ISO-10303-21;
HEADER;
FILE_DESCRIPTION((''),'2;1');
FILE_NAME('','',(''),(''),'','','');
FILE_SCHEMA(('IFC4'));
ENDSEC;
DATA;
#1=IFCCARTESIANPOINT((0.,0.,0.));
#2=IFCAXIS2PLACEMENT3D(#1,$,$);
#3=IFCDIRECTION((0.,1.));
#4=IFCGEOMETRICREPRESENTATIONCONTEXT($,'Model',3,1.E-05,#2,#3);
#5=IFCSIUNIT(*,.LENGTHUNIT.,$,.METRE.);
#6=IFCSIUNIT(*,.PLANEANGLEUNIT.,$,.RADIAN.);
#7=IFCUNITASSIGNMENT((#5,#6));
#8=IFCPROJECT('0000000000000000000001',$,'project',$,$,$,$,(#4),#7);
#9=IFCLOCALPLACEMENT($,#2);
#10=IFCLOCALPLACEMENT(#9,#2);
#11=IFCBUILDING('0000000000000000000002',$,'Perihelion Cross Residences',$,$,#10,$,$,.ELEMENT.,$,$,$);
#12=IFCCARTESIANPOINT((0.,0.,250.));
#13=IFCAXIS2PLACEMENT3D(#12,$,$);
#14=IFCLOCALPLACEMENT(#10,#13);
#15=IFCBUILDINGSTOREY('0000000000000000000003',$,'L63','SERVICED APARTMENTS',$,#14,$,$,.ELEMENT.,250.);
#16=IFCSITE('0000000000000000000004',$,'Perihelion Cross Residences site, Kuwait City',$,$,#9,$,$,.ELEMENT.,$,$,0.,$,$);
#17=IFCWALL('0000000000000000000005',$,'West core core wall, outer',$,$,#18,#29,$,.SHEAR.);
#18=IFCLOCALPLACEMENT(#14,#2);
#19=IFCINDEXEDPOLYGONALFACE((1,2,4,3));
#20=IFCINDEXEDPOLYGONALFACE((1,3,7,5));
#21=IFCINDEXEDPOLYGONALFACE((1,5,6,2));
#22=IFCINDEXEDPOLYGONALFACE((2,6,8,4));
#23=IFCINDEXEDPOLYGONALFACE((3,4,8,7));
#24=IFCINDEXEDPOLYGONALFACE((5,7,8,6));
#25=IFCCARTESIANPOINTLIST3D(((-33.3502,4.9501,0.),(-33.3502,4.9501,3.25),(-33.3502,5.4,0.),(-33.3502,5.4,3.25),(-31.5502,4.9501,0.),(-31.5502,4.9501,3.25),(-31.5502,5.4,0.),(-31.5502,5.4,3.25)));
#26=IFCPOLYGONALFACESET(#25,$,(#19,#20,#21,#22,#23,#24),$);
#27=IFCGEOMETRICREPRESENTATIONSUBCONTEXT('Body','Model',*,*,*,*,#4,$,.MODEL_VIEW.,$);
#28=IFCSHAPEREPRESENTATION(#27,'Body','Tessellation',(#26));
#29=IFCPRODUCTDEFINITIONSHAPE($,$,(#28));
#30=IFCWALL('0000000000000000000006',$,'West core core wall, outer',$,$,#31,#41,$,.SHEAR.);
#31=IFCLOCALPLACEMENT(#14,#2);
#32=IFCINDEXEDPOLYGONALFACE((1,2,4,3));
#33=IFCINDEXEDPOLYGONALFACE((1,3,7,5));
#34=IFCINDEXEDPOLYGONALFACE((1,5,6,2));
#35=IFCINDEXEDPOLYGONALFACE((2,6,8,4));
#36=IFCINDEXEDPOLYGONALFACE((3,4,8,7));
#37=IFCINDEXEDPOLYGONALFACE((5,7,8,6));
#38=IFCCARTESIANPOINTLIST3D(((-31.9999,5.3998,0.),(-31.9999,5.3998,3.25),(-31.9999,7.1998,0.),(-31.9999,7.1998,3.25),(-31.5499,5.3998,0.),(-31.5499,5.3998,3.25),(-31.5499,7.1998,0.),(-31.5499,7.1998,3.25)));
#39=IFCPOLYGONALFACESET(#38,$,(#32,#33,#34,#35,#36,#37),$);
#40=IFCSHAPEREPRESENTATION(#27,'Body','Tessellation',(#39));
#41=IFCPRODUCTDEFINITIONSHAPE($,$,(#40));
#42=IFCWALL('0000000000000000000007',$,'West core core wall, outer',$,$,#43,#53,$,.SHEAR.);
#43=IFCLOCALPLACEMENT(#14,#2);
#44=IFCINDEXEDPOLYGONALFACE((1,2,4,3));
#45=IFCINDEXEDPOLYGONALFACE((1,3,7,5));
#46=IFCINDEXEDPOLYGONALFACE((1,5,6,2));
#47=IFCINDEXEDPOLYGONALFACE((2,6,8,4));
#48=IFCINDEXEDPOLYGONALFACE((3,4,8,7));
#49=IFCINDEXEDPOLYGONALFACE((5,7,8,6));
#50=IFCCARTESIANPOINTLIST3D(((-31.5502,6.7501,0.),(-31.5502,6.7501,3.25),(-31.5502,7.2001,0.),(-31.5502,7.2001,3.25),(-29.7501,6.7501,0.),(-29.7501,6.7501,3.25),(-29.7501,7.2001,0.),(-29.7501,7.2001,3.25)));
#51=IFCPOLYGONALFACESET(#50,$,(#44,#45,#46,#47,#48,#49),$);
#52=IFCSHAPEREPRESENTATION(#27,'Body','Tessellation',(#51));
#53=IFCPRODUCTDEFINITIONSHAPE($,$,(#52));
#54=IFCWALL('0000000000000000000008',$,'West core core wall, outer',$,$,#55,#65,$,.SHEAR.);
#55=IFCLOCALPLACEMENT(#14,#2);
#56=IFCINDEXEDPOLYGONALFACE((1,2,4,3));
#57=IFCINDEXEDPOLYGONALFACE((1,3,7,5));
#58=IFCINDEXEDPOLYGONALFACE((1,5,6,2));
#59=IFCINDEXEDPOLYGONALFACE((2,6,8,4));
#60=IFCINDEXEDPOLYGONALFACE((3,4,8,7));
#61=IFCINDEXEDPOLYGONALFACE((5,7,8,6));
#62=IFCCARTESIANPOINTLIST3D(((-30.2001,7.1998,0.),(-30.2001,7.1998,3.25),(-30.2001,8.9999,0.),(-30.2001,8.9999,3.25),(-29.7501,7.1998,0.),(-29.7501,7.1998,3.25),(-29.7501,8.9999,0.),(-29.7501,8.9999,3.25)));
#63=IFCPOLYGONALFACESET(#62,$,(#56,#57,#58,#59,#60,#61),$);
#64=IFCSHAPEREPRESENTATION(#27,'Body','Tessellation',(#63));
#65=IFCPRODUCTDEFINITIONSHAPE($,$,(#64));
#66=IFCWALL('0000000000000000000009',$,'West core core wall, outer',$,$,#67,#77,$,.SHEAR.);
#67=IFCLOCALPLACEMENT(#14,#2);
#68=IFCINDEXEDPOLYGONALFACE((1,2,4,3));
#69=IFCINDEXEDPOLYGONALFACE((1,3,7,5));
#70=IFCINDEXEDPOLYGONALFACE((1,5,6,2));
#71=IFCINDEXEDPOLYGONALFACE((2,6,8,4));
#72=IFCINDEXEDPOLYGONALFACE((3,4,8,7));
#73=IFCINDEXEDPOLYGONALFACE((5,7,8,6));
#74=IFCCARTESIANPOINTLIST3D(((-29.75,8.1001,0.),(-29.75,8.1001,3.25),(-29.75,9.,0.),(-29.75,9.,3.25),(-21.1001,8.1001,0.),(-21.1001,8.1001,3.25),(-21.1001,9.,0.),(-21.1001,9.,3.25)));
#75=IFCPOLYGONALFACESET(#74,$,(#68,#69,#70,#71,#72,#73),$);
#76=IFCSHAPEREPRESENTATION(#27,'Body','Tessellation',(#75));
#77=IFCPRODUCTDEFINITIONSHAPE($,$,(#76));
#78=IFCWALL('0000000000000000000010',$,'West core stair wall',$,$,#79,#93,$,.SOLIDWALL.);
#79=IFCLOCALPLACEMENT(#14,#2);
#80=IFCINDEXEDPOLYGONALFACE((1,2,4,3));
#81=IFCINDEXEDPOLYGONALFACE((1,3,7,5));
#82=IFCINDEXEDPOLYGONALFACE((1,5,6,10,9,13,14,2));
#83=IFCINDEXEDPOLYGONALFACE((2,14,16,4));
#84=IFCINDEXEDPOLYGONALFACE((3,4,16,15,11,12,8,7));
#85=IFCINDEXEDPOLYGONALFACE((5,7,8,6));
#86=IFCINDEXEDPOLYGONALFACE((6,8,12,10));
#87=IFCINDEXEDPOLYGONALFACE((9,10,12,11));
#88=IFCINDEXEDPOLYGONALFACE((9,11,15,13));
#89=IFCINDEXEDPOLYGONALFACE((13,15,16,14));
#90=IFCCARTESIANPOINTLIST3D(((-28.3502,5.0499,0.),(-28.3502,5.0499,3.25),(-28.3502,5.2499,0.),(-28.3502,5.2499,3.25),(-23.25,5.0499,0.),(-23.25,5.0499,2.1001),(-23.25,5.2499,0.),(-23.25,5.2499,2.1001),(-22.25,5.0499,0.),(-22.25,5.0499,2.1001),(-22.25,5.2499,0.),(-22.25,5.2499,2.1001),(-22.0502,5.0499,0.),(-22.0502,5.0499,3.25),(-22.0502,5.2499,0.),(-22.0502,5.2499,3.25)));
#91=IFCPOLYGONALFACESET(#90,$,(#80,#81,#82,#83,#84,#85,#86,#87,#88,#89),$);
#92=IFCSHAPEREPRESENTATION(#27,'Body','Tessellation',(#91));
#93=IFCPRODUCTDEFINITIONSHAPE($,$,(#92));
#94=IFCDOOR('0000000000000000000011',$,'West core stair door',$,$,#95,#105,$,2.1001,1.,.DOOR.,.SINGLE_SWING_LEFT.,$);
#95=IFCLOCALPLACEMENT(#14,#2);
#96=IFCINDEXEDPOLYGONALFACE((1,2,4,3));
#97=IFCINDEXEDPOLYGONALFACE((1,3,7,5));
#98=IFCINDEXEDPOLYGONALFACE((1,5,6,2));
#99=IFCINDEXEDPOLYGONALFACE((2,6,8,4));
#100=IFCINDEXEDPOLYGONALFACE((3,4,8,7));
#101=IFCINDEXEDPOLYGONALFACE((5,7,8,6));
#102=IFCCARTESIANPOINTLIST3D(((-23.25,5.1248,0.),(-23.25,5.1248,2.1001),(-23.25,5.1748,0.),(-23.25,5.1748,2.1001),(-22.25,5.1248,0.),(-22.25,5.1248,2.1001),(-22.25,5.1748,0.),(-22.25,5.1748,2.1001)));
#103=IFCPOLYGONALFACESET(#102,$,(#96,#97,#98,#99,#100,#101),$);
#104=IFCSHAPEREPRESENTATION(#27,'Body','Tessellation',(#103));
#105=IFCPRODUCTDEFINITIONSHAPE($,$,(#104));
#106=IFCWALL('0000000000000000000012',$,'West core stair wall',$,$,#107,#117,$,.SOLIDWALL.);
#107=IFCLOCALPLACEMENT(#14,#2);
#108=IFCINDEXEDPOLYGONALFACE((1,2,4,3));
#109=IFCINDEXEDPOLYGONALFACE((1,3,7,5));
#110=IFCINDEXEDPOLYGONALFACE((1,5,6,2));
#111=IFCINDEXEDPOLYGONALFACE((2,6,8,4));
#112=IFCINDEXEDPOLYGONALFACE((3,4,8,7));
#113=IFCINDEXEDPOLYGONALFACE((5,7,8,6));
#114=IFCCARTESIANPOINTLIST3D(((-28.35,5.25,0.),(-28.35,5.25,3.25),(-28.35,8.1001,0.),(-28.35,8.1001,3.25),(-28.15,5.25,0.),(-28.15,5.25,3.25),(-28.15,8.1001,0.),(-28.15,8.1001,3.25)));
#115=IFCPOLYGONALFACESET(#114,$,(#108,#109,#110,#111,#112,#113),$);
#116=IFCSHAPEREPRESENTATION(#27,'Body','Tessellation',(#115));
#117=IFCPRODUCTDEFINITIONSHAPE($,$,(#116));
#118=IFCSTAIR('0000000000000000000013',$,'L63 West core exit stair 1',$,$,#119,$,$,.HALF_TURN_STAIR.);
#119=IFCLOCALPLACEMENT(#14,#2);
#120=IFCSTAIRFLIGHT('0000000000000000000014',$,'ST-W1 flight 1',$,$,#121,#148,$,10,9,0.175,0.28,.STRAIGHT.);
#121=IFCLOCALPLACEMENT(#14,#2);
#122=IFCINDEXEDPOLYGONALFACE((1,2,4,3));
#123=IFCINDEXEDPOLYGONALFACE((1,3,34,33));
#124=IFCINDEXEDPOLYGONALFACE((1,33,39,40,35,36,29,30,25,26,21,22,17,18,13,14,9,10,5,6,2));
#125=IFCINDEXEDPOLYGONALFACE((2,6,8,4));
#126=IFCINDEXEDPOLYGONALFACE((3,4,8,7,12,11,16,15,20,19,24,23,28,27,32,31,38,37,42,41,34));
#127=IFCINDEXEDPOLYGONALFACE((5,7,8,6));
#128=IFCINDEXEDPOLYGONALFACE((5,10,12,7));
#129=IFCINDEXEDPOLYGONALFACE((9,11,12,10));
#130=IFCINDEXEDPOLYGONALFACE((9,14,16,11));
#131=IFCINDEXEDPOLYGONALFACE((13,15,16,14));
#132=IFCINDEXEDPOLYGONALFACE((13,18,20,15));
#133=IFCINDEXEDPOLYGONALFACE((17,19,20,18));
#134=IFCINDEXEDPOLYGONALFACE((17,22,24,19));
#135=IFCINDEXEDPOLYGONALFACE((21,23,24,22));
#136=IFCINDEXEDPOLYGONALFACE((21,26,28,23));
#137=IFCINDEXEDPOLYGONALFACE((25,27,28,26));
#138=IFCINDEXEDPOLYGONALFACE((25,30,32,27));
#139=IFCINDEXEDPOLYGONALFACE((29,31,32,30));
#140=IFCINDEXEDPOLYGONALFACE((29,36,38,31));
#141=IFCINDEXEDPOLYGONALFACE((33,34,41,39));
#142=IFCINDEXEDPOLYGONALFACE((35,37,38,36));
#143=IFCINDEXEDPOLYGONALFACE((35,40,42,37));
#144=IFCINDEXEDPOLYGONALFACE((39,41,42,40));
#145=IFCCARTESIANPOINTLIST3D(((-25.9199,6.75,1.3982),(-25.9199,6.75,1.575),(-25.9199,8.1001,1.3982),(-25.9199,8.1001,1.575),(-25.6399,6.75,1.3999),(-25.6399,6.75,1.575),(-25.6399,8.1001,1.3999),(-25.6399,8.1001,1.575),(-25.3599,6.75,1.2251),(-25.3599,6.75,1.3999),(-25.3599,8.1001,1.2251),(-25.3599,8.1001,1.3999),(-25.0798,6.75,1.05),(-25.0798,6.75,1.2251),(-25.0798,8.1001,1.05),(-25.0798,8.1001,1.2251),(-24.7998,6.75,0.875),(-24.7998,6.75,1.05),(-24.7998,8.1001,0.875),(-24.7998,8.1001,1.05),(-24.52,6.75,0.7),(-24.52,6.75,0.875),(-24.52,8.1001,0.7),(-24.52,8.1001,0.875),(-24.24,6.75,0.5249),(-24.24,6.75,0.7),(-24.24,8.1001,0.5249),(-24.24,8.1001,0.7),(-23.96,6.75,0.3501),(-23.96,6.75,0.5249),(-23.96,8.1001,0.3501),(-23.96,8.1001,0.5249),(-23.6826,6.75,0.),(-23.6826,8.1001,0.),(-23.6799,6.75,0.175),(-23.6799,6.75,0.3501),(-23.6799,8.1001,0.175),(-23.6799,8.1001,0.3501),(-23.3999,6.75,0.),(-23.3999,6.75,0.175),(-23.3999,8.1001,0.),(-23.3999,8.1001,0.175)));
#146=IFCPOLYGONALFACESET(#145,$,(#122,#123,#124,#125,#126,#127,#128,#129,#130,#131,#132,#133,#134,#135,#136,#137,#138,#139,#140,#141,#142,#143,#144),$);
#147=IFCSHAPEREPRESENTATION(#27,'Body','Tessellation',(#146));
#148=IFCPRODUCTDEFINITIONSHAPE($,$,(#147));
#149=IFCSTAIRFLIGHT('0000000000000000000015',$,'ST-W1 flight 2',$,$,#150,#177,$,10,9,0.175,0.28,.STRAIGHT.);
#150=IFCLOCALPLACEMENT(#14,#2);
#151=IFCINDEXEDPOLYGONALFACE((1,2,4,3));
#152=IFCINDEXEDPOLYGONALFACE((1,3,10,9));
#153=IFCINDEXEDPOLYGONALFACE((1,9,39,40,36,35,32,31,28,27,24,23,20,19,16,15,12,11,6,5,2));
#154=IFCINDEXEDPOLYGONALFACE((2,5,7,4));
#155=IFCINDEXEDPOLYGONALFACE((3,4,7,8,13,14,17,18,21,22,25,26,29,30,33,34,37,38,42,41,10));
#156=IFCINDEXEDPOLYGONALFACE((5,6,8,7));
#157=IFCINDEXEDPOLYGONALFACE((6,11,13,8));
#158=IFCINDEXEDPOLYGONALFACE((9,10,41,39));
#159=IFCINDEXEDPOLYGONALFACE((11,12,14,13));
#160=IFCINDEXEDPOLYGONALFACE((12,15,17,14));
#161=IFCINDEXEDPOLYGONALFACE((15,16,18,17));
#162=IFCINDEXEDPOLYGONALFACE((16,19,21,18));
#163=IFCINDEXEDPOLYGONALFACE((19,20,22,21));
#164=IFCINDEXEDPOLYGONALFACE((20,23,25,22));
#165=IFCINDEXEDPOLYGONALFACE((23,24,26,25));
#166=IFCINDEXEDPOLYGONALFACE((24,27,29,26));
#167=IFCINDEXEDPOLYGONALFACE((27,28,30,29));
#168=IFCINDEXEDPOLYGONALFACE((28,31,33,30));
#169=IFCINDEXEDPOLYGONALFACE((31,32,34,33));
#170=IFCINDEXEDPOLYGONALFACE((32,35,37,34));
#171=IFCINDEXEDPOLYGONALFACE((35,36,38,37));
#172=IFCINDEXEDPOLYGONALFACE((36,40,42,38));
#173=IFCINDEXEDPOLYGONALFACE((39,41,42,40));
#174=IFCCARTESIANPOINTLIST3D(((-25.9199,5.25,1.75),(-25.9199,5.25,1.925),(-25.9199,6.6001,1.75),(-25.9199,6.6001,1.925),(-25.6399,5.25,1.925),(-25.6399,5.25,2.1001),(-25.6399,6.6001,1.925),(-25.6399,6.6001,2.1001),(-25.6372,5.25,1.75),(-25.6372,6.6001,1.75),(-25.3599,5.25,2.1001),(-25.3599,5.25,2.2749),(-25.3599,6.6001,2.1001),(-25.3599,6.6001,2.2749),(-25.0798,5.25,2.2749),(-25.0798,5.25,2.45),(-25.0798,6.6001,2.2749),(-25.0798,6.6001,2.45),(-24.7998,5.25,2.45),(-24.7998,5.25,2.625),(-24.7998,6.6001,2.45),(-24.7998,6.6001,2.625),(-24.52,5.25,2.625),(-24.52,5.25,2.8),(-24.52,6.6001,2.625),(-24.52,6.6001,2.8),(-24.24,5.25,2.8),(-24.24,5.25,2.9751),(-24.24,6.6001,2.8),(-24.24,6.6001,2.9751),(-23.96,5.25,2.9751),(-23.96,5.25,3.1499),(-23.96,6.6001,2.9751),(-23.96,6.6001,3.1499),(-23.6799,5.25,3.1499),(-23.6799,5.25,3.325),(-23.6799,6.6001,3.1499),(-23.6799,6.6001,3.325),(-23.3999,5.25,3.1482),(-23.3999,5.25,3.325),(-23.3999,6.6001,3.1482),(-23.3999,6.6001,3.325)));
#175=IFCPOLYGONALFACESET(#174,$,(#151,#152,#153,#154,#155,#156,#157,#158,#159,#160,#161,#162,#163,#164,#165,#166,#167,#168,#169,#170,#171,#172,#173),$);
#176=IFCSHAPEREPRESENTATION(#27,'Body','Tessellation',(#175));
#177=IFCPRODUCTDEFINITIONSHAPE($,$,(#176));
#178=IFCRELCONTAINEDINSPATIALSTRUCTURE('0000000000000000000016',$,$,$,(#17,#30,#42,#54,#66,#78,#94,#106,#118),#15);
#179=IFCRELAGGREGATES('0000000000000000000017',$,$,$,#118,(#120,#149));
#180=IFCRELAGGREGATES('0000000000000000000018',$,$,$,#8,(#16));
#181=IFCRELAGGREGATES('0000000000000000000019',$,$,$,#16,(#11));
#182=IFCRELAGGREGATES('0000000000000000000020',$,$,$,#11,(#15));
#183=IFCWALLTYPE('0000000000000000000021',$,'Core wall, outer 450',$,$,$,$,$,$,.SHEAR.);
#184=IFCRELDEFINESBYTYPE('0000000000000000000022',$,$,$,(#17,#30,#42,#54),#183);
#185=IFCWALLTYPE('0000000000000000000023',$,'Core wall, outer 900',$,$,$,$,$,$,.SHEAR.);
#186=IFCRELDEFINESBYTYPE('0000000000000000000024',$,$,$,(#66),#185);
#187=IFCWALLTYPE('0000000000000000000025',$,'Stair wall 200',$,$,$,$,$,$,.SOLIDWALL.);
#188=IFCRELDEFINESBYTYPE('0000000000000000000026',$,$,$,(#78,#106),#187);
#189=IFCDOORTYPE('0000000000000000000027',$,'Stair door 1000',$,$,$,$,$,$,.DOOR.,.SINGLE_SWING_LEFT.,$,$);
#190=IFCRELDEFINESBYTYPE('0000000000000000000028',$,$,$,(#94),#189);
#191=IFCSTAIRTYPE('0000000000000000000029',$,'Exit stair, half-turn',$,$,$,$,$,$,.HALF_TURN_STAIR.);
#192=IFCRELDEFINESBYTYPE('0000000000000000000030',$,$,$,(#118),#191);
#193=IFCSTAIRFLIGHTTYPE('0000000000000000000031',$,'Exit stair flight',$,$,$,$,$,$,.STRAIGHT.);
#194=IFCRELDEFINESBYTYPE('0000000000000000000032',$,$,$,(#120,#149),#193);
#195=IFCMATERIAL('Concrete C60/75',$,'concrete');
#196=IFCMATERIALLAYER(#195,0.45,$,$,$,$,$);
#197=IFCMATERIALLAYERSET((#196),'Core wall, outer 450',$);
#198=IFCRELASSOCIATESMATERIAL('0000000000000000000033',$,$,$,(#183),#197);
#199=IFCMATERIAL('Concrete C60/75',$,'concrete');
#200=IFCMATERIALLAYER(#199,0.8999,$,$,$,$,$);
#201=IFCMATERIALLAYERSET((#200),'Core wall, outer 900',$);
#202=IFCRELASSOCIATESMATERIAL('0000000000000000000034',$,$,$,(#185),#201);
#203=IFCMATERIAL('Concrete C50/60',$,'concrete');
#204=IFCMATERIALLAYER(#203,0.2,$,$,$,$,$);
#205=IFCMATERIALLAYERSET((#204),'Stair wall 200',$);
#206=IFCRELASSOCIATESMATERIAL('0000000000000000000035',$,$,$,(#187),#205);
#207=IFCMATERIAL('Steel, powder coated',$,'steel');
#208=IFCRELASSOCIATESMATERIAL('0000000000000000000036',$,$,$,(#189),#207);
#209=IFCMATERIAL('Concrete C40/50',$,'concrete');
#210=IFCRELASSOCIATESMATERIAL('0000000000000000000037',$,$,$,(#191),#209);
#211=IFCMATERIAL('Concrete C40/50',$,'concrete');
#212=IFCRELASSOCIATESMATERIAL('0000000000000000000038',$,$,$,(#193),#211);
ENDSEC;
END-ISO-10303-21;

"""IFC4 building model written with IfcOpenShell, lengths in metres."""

from ifc_helpers import new_model, si_unit, direction, frame, frame_2d, origin, place, context, subcontext, project, spatial, polyline, rectangle, outline, extrude, material, layer, layer_set, type_object, element, fill, aggregate, save


model = new_model("IFC4")

# Units and contexts
model_context = context("Model", 3, precision=1e-05, world=origin(), true_north=direction((0.0, 1.0)))
body_context = subcontext(model_context, "Body", "Model", "MODEL_VIEW")
ifc_project = project(units=[si_unit("LENGTHUNIT", "METRE"), si_unit("PLANEANGLEUNIT", "RADIAN")], contexts=[model_context])

# Site, building, storey
site_placement = place(None, origin())
site = spatial("IfcSite", under=ifc_project, at=site_placement, Name="Perihelion Cross Residences site, Kuwait City", CompositionType="ELEMENT", RefElevation=0.0)
building_placement = place(site_placement, origin())
building = spatial("IfcBuilding", under=site, at=building_placement, Name="Perihelion Cross Residences", CompositionType="ELEMENT")
storey_placement = place(building_placement, frame((0.0, 0.0, 250.0)))
storey = spatial("IfcBuildingStorey", under=building, at=storey_placement, Name="L63", Description="SERVICED APARTMENTS", CompositionType="ELEMENT", Elevation=250.0)

# Walls
ifc_material_1 = material(Name="Concrete C60/75", Category="concrete")
ifc_layer_1 = layer(ifc_material_1, 0.45)
ifc_layer_set_1 = layer_set([ifc_layer_1], Name="Core wall, outer 450")
wall_type_1 = type_object("IfcWallType", Name="Core wall, outer 450", PredefinedType="SHEAR", material=ifc_layer_set_1)
for number, where, z_axis, x_axis, name in (
    (1, (-33.3501, 5.175, 0.0), (0.0, 0.0, 1.0), (1.0, 0.0, 0.0), "West core core wall, outer"),
    (2, (-31.7749, 5.3999, 0.0), (0.0, 0.0, 1.0), (0.0, 1.0, 0.0), "West core core wall, outer"),
    (3, (-31.55, 6.9751, 0.0), (0.0, 0.0, 1.0), (1.0, 0.0, 0.0), "West core core wall, outer"),
    (4, (-29.9751, 7.2, 0.0), (0.0, 0.0, 1.0), (0.0, 1.0, 0.0), "West core core wall, outer"),
):
    element("IfcWall", number, at=place(storey_placement, frame(where, z_axis=z_axis, x_axis=x_axis)), inside=storey, type_object=wall_type_1, Name=name, PredefinedType="SHEAR", context=body_context, shape_type="SweptSolid", body=[
        extrude(rectangle(XDim=1.8, YDim=0.45, at=frame_2d((0.8999, 0.0))), origin(), (0.0, 0.0, 1.0), 3.25),
    ])
ifc_material_2 = material(Name="Concrete C60/75", Category="concrete")
ifc_layer_2 = layer(ifc_material_2, 0.8999)
ifc_layer_set_2 = layer_set([ifc_layer_2], Name="Core wall, outer 900")
wall_type_2 = type_object("IfcWallType", Name="Core wall, outer 900", PredefinedType="SHEAR", material=ifc_layer_set_2)
wall_1_placement = place(storey_placement, frame((-29.75, 8.55, 0.0), z_axis=(0.0, 0.0, 1.0), x_axis=(1.0, 0.0, 0.0)))
element("IfcWall", 5, at=wall_1_placement, inside=storey, type_object=wall_type_2, Name="West core core wall, outer", PredefinedType="SHEAR", context=body_context, shape_type="SweptSolid", body=[
    extrude(rectangle(XDim=8.6499, YDim=0.8999, at=frame_2d((4.325, 0.0))), origin(), (0.0, 0.0, 1.0), 3.25),
])

# Wall, opening, door
ifc_material_3 = material(Name="Concrete C50/60", Category="concrete")
ifc_layer_3 = layer(ifc_material_3, 0.2)
ifc_layer_set_3 = layer_set([ifc_layer_3], Name="Stair wall 200")
wall_type_3 = type_object("IfcWallType", Name="Stair wall 200", PredefinedType="SOLIDWALL", material=ifc_layer_set_3)
wall_2_placement = place(storey_placement, frame((-28.3501, 5.1499, 0.0), z_axis=(0.0, 0.0, 1.0), x_axis=(1.0, 0.0, 0.0)))
wall_2 = element("IfcWall", 6, at=wall_2_placement, inside=storey, type_object=wall_type_3, Name="West core stair wall", PredefinedType="SOLIDWALL", context=body_context, shape_type="SweptSolid", body=[
    extrude(rectangle(XDim=6.3, YDim=0.2, at=frame_2d((3.1499, 0.0))), origin(), (0.0, 0.0, 1.0), 3.25),
])
opening_placement = place(wall_2_placement, frame((5.1001, 0.0, 0.0)))
opening = element("IfcOpeningElement", 7, at=opening_placement, cuts=wall_2, PredefinedType="OPENING", context=body_context, shape_type="SweptSolid", body=[
    extrude(rectangle(XDim=1.0, YDim=2.1001, at=frame_2d((0.5, 1.05))), frame((0.0, 0.1099, 0.0), z_axis=(0.0, -1.0, 0.0), x_axis=(1.0, 0.0, 0.0)), (0.0, 0.0, 1.0), 0.22),
])
ifc_material_4 = material(Name="Steel, powder coated", Category="steel")
door_type = type_object("IfcDoorType", Name="Stair door 1000", OperationType="SINGLE_SWING_LEFT", PredefinedType="DOOR", material=ifc_material_4)
door_placement = place(opening_placement, origin())
door = element("IfcDoor", 8, at=door_placement, inside=storey, type_object=door_type, Name="West core stair door", OperationType="SINGLE_SWING_LEFT", OverallHeight=2.1001, OverallWidth=1.0, PredefinedType="DOOR", context=body_context, shape_type="SweptSolid", body=[
    extrude(rectangle(XDim=1.0, YDim=2.1001, at=frame_2d((0.5, 1.05))), frame((0.0, 0.0249, 0.0), z_axis=(0.0, -1.0, 0.0), x_axis=(1.0, 0.0, 0.0)), (0.0, 0.0, 1.0), 0.05),
])
fill(opening, door)

# Wall
wall_3_placement = place(storey_placement, frame((-28.25, 5.25, 0.0), z_axis=(0.0, 0.0, 1.0), x_axis=(0.0, 1.0, 0.0)))
element("IfcWall", 9, at=wall_3_placement, inside=storey, type_object=wall_type_3, Name="West core stair wall", PredefinedType="SOLIDWALL", context=body_context, shape_type="SweptSolid", body=[
    extrude(rectangle(XDim=2.8501, YDim=0.2, at=frame_2d((1.425, 0.0))), origin(), (0.0, 0.0, 1.0), 3.25),
])

# Stair, stair flights
ifc_material_5 = material(Name="Concrete C40/50", Category="concrete")
stair_type = type_object("IfcStairType", Name="Exit stair, half-turn", PredefinedType="HALF_TURN_STAIR", material=ifc_material_5)
stair_placement = place(storey_placement, origin())
stair = element("IfcStair", 10, at=stair_placement, inside=storey, type_object=stair_type, Name="L63 West core exit stair 1", PredefinedType="HALF_TURN_STAIR")
ifc_material_6 = material(Name="Concrete C40/50", Category="concrete")
stair_flight_type = type_object("IfcStairFlightType", Name="Exit stair flight", PredefinedType="STRAIGHT", material=ifc_material_6)
stair_flight_1_placement = place(storey_placement, frame((-23.3999, 7.425, 0.0), z_axis=(0.0, 0.0, 1.0), x_axis=(-1.0, 0.0, 0.0)))
stair_flight_1 = element("IfcStairFlight", 11, at=stair_flight_1_placement, type_object=stair_flight_type, Name="ST-W1 flight 1", NumberOfRisers=10, NumberOfTreads=9, PredefinedType="STRAIGHT", RiserHeight=0.175, TreadLength=0.28, context=body_context, shape_type="SweptSolid", body=[
    extrude(outline(polyline([(0.0, 0.0), (0.0, 0.175), (0.28, 0.175), (0.28, 0.3501), (0.5601, 0.3501), (0.5601, 0.5249), (0.8401, 0.5249), (0.8401, 0.7), (1.1201, 0.7), (1.1201, 0.875), (1.3999, 0.875), (1.3999, 1.05), (1.6799, 1.05), (1.6799, 1.2251), (1.96, 1.2251), (1.96, 1.3999), (2.24, 1.3999), (2.24, 1.575), (2.52, 1.575), (2.52, 1.75), (2.52, 1.3982), (0.2827, 0.0), (0.0, 0.0)])), frame((0.0, 0.675, 0.0), z_axis=(0.0, -1.0, 0.0), x_axis=(1.0, 0.0, 0.0)), (0.0, 0.0, 1.0), 1.3501),
])
stair_flight_2_placement = place(storey_placement, frame((-25.9199, 5.925, 1.75), z_axis=(0.0, 0.0, 1.0), x_axis=(1.0, 0.0, 0.0)))
stair_flight_2 = element("IfcStairFlight", 12, at=stair_flight_2_placement, type_object=stair_flight_type, Name="ST-W1 flight 2", NumberOfRisers=10, NumberOfTreads=9, PredefinedType="STRAIGHT", RiserHeight=0.175, TreadLength=0.28, context=body_context, shape_type="SweptSolid", body=[
    extrude(outline(polyline([(0.0, 0.0), (0.0, 0.175), (0.28, 0.175), (0.28, 0.3501), (0.5601, 0.3501), (0.5601, 0.5249), (0.8401, 0.5249), (0.8401, 0.7), (1.1201, 0.7), (1.1201, 0.875), (1.3999, 0.875), (1.3999, 1.05), (1.6799, 1.05), (1.6799, 1.2251), (1.96, 1.2251), (1.96, 1.3999), (2.24, 1.3999), (2.24, 1.575), (2.52, 1.575), (2.52, 1.75), (2.52, 1.3982), (0.2827, 0.0), (0.0, 0.0)])), frame((0.0, 0.675, 0.0), z_axis=(0.0, -1.0, 0.0), x_axis=(1.0, 0.0, 0.0)), (0.0, 0.0, 1.0), 1.3501),
])
aggregate(stair, [stair_flight_1, stair_flight_2])

save(model, "model.ifc")
